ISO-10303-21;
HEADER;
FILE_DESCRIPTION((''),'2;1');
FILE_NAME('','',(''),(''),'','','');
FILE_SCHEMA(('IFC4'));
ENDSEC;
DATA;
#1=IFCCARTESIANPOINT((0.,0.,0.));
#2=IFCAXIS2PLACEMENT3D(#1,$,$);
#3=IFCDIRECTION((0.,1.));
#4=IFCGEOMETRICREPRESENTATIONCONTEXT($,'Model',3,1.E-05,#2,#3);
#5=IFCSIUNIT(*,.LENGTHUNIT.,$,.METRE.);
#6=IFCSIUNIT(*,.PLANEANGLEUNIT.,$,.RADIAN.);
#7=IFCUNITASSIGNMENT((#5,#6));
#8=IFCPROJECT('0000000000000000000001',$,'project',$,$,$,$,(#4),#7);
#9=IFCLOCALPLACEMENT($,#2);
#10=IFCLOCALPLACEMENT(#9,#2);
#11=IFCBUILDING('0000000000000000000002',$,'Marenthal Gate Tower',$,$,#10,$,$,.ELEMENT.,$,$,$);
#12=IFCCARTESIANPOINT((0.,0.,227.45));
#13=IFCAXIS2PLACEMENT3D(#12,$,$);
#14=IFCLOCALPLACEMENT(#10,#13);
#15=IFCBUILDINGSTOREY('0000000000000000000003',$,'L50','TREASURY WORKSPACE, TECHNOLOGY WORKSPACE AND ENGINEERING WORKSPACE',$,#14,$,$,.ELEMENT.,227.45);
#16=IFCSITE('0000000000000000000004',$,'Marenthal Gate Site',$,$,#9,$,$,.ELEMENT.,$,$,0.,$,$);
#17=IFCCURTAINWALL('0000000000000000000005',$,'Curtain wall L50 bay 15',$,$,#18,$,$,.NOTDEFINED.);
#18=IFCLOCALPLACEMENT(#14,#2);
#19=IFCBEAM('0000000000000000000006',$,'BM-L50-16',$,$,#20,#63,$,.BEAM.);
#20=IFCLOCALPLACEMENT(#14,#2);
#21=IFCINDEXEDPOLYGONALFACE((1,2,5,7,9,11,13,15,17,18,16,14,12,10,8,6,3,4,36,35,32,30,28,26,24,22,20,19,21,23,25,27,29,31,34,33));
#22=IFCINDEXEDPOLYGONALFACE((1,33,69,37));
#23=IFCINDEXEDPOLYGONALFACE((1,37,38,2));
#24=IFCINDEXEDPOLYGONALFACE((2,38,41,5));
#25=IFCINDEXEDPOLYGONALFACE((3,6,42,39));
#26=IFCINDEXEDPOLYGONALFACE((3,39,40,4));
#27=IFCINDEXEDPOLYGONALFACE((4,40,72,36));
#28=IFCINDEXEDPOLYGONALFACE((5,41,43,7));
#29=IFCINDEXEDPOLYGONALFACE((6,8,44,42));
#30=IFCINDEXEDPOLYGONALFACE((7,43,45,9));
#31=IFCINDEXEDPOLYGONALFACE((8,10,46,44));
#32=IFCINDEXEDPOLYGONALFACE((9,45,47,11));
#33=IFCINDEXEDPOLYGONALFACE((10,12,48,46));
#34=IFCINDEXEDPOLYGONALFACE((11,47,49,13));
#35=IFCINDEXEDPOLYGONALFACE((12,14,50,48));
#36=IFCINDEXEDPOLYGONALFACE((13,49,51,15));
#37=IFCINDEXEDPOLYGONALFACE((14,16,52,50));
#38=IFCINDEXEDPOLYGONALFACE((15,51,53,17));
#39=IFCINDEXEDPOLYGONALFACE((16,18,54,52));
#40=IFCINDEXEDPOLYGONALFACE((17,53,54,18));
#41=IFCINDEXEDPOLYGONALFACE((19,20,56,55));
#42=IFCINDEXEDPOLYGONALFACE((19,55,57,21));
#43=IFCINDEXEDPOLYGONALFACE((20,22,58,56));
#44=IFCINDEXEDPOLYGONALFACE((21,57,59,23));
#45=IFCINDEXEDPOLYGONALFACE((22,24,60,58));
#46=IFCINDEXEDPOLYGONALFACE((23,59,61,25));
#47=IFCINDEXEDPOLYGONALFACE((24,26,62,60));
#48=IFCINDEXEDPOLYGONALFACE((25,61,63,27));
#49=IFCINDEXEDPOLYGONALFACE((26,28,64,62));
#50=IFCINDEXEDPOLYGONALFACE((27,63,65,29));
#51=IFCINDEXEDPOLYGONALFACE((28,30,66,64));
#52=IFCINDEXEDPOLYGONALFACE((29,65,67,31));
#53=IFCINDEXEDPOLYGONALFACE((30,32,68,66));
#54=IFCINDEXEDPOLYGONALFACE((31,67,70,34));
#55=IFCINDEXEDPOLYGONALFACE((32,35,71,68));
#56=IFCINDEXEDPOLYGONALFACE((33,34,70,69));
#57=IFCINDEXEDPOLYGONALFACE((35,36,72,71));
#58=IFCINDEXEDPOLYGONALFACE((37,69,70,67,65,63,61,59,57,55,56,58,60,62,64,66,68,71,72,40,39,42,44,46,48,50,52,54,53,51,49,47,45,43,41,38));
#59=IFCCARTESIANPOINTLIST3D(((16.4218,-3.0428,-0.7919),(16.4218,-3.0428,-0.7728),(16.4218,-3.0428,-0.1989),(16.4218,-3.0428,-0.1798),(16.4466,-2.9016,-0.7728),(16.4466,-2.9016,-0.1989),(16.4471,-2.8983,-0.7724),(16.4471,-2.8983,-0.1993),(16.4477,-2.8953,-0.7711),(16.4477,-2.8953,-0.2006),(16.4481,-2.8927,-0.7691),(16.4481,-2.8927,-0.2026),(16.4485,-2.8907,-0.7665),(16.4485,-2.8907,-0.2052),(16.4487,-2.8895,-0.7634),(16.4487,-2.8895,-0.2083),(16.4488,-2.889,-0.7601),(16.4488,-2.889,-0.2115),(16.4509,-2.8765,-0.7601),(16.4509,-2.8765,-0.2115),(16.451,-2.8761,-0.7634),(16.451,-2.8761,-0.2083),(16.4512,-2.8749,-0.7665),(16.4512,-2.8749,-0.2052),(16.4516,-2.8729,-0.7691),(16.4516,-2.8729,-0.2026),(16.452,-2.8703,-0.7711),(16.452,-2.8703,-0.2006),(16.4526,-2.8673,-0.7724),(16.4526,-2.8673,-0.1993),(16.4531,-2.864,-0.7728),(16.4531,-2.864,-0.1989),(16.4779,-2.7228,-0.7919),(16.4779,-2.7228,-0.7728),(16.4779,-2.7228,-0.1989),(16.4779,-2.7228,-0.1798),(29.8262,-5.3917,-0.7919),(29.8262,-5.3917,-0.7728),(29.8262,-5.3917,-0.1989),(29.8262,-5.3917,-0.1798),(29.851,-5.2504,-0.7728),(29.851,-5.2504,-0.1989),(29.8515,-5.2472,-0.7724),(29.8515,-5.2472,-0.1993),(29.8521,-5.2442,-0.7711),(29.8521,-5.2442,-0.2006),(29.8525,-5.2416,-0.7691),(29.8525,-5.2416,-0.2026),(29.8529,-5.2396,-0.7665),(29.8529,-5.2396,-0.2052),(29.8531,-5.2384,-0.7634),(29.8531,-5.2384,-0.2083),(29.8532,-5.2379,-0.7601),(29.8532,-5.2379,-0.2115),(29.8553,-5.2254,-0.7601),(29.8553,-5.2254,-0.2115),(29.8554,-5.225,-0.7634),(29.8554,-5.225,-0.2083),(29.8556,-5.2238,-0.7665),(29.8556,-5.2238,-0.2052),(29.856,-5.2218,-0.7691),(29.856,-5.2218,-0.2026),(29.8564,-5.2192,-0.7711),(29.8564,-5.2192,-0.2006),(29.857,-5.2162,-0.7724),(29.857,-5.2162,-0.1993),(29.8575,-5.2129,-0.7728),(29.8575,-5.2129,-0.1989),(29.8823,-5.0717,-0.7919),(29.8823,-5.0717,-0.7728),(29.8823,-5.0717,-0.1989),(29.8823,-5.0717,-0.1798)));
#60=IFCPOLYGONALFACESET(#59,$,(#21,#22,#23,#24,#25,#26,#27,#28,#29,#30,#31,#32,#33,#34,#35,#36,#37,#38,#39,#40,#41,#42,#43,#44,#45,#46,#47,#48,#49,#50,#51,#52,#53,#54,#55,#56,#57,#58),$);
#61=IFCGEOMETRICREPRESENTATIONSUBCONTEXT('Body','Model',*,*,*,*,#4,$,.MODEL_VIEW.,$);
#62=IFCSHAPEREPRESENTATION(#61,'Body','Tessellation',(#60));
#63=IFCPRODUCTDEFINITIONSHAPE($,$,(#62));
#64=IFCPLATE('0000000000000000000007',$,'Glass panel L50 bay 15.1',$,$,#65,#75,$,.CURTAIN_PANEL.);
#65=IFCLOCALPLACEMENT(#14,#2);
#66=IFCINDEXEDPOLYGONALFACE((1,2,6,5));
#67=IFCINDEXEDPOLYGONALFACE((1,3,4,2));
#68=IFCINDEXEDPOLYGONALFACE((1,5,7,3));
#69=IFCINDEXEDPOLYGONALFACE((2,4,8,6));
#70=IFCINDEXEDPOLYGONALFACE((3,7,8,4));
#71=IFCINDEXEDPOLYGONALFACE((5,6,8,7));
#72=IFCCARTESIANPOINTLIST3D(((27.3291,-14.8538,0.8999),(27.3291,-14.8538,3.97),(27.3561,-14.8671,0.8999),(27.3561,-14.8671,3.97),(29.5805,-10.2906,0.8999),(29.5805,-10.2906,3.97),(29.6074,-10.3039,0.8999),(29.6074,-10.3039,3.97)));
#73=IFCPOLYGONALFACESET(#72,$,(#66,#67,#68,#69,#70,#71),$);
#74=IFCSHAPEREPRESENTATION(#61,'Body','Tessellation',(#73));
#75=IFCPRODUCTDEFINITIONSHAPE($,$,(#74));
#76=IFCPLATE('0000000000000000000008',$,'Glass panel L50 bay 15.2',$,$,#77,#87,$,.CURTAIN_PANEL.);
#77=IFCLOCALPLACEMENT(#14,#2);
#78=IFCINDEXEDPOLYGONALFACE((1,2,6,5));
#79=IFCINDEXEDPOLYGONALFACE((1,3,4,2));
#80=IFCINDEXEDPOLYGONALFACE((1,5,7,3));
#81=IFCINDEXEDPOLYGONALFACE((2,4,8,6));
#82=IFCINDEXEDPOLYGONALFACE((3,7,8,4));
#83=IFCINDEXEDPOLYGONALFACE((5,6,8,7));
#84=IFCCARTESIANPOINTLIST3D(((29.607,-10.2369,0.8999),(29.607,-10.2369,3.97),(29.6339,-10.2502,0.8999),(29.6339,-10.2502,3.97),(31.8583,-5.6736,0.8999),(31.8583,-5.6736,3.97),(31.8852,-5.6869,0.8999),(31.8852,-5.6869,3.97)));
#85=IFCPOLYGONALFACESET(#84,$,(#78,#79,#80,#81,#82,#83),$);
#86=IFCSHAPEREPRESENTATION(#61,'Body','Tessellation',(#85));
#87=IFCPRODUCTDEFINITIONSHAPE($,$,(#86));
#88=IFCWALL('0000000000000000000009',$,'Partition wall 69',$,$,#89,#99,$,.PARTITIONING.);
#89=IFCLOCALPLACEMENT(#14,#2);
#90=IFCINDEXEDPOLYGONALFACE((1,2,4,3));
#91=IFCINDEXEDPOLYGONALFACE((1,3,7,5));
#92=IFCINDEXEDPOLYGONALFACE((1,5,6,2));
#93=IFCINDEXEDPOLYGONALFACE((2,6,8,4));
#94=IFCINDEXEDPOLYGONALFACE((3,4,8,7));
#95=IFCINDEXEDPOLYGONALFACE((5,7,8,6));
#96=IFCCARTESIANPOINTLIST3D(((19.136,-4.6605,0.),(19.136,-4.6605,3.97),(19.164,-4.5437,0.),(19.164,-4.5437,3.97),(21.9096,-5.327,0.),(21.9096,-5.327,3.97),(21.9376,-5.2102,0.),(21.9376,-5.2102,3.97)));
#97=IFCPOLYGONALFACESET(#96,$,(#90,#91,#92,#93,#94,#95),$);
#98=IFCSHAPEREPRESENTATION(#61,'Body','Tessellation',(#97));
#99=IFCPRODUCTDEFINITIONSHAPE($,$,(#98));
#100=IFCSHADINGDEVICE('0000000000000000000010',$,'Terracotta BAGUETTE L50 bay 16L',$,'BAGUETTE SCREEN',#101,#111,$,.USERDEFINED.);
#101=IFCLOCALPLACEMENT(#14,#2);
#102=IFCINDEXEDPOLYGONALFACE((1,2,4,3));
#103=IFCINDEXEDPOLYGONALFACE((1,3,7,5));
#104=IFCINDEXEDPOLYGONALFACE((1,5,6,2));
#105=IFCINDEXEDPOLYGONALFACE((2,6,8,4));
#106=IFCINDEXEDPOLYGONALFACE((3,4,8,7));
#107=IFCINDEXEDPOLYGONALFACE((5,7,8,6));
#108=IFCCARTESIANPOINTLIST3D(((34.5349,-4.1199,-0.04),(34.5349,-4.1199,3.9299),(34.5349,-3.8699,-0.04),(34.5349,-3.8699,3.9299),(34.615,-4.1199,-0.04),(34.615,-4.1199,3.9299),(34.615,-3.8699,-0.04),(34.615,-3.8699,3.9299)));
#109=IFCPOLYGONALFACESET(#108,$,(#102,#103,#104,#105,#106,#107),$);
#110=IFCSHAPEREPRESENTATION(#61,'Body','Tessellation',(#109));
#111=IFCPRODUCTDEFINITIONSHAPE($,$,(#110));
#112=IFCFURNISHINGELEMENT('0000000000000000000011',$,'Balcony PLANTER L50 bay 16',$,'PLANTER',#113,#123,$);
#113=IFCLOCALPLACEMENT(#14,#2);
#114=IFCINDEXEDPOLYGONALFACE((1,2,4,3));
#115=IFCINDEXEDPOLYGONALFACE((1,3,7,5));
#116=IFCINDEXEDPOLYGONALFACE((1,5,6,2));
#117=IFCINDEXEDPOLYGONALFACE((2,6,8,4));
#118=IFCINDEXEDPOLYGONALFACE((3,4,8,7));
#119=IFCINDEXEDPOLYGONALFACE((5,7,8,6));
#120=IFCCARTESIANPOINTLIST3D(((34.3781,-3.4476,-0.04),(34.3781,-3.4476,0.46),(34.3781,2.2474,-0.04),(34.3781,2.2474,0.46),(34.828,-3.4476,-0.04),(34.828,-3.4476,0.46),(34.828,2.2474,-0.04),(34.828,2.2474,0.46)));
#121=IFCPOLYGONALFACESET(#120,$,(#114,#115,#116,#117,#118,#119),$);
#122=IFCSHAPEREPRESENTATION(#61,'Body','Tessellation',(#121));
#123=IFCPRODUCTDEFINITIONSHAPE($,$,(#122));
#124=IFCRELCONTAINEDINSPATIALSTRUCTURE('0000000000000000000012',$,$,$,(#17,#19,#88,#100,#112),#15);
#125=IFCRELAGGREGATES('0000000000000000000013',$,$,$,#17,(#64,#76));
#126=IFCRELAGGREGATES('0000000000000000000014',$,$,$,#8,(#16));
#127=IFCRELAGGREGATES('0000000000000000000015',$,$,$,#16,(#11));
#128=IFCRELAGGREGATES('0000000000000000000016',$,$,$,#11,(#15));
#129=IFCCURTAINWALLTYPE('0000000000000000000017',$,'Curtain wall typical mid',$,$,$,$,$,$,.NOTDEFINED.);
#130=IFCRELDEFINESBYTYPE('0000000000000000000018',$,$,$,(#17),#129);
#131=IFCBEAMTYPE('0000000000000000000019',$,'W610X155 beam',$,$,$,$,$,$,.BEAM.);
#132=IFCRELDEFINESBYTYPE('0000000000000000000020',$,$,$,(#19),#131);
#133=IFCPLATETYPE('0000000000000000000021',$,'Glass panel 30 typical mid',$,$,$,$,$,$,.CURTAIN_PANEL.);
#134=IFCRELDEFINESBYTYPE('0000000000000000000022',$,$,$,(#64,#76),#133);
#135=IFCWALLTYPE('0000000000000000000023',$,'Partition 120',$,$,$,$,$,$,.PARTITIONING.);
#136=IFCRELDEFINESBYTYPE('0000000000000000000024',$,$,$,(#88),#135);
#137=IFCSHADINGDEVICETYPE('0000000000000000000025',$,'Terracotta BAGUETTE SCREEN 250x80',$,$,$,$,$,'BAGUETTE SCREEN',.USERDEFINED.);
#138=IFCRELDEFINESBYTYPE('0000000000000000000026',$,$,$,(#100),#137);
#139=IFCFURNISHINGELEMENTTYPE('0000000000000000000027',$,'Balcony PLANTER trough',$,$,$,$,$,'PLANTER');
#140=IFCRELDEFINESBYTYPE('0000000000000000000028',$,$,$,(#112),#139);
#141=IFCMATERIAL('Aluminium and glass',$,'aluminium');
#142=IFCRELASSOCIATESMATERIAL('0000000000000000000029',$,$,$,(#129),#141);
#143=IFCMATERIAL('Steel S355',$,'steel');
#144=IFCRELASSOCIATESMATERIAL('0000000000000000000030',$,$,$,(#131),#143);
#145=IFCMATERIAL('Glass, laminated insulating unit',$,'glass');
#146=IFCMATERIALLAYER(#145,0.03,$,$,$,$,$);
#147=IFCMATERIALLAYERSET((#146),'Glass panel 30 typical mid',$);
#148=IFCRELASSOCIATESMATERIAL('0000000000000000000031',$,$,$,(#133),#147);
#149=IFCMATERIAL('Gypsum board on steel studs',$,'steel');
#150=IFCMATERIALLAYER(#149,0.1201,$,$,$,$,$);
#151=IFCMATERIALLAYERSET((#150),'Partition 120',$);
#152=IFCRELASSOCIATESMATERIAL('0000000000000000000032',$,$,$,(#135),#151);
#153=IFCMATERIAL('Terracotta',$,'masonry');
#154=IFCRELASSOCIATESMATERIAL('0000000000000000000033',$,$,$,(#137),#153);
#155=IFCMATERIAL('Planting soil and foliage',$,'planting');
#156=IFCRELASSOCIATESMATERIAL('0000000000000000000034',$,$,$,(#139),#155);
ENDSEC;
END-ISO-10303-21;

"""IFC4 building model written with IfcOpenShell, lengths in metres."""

from ifc_helpers import new_model, si_unit, direction, frame, frame_2d, origin, origin_2d, place, context, subcontext, project, spatial, rectangle, i_section, extrude, material, layer, layer_set, material_profile, profile_set, type_object, element, aggregate, save


model = new_model("IFC4")

# Units and contexts
model_context = context("Model", 3, precision=1e-05, world=origin(), true_north=direction((0.0, 1.0)))
body_context = subcontext(model_context, "Body", "Model", "MODEL_VIEW")
ifc_project = project(units=[si_unit("LENGTHUNIT", "METRE"), si_unit("PLANEANGLEUNIT", "RADIAN")], contexts=[model_context])

# Site, building, storey
site_placement = place(None, origin())
site = spatial("IfcSite", under=ifc_project, at=site_placement, Name="Marenthal Gate Site", CompositionType="ELEMENT", RefElevation=0.0)
building_placement = place(site_placement, origin())
building = spatial("IfcBuilding", under=site, at=building_placement, Name="Marenthal Gate Tower", CompositionType="ELEMENT")
storey_placement = place(building_placement, frame((0.0, 0.0, 227.45)))
storey = spatial("IfcBuildingStorey", under=building, at=storey_placement, Name="L50", Description="TREASURY WORKSPACE, TECHNOLOGY WORKSPACE AND ENGINEERING WORKSPACE", CompositionType="ELEMENT", Elevation=227.45)

# Curtain wall
ifc_material_1 = material(Name="Aluminium and glass", Category="aluminium")
curtain_wall_type = type_object("IfcCurtainWallType", Name="Curtain wall typical mid", PredefinedType="NOTDEFINED", material=ifc_material_1)
curtain_wall_placement = place(storey_placement, origin())
curtain_wall = element("IfcCurtainWall", 1, at=curtain_wall_placement, inside=storey, type_object=curtain_wall_type, Name="Curtain wall L50 bay 15", PredefinedType="NOTDEFINED")

# Beam
ifc_material_2 = material(Name="Steel S355", Category="steel")
ifc_material_profile_1 = material_profile(ifc_material_2, i_section(OverallWidth=0.325, OverallDepth=0.6121, WebThickness=0.0127, FlangeThickness=0.019, FilletRadius=0.0127, at=origin_2d()), Name="W610X155")
ifc_profile_set_1 = profile_set([ifc_material_profile_1], Name="Steel S355")
beam_type_1 = type_object("IfcBeamType", Name="W610X155 beam", PredefinedType="BEAM", material=ifc_profile_set_1)
beam_1_placement = place(storey_placement, frame((29.8542, -5.2317, -0.4858), z_axis=(-0.984991, 0.172603, 0.0), x_axis=(-0.172603, -0.984991, 0.0)))
element("IfcBeam", 2, at=beam_1_placement, inside=storey, type_object=beam_type_1, Name="BM-L50-16", PredefinedType="BEAM", context=body_context, shape_type="SweptSolid", body=[
    extrude(i_section(OverallWidth=0.325, OverallDepth=0.6121, WebThickness=0.0127, FlangeThickness=0.019, FilletRadius=0.0127, at=origin_2d()), origin(), (0.0, 0.0, 1.0), 13.6086),
])

# Plates
ifc_material_3 = material(Name="Glass, laminated insulating unit", Category="glass")
ifc_layer_1 = layer(ifc_material_3, 0.03)
ifc_layer_set_1 = layer_set([ifc_layer_1], Name="Glass panel 30 typical mid")
plate_type = type_object("IfcPlateType", Name="Glass panel 30 typical mid", PredefinedType="CURTAIN_PANEL", material=ifc_layer_set_1)
plate_1_placement = place(storey_placement, frame((28.4683, -12.5789, 0.8999), z_axis=(0.0, 0.0, 1.0), x_axis=(0.442441, 0.896798, 0.0)))
plate_1 = element("IfcPlate", 3, at=plate_1_placement, type_object=plate_type, Name="Glass panel L50 bay 15.1", PredefinedType="CURTAIN_PANEL", context=body_context, shape_type="SweptSolid", body=[
    extrude(rectangle(XDim=5.0884, YDim=0.03, at=origin_2d()), origin(), (0.0, 0.0, 1.0), 3.0701),
])
plate_2_placement = place(storey_placement, frame((30.7461, -7.9619, 0.8999), z_axis=(0.0, 0.0, 1.0), x_axis=(0.442441, 0.896798, 0.0)))
plate_2 = element("IfcPlate", 4, at=plate_2_placement, type_object=plate_type, Name="Glass panel L50 bay 15.2", PredefinedType="CURTAIN_PANEL", context=body_context, shape_type="SweptSolid", body=[
    extrude(rectangle(XDim=5.0884, YDim=0.03, at=origin_2d()), origin(), (0.0, 0.0, 1.0), 3.0701),
])
aggregate(curtain_wall, [plate_1, plate_2])

# Wall
ifc_material_4 = material(Name="Gypsum board on steel studs", Category="steel")
ifc_layer_2 = layer(ifc_material_4, 0.1201)
ifc_layer_set_2 = layer_set([ifc_layer_2], Name="Partition 120")
wall_type_1 = type_object("IfcWallType", Name="Partition 120", PredefinedType="PARTITIONING", material=ifc_layer_set_2)
wall_1_placement = place(storey_placement, frame((21.9236, -5.2686, 0.0), z_axis=(0.0, 0.0, 1.0), x_axis=(-0.972322, 0.233645, 0.0)))
element("IfcWall", 5, at=wall_1_placement, inside=storey, type_object=wall_type_1, Name="Partition wall 69", PredefinedType="PARTITIONING", context=body_context, shape_type="SweptSolid", body=[
    extrude(rectangle(XDim=2.8525, YDim=0.1201, at=frame_2d((1.4263, 0.0))), origin(), (0.0, 0.0, 1.0), 3.97),
])

# Shading device
ifc_material_5 = material(Name="Terracotta", Category="masonry")
ifc_material_profile_2 = material_profile(ifc_material_5, rectangle(XDim=0.25, YDim=0.0801, at=origin_2d()), Name="Terracotta baguette 250x80")
ifc_profile_set_2 = profile_set([ifc_material_profile_2], Name="Terracotta")
shading_device_type = type_object("IfcShadingDeviceType", Name="Terracotta BAGUETTE SCREEN 250x80", ElementType="BAGUETTE SCREEN", PredefinedType="USERDEFINED", material=ifc_profile_set_2)
shading_device_placement = place(storey_placement, frame((34.575, -3.9949, -0.04), z_axis=(0.0, 0.0, 1.0), x_axis=(0.0, 1.0, 0.0)))
element("IfcShadingDevice", 6, at=shading_device_placement, inside=storey, type_object=shading_device_type, Name="Terracotta BAGUETTE L50 bay 16L", ObjectType="BAGUETTE SCREEN", PredefinedType="USERDEFINED", context=body_context, shape_type="SweptSolid", body=[
    extrude(rectangle(XDim=0.25, YDim=0.0801, at=origin_2d()), origin(), (0.0, 0.0, 1.0), 3.97),
])

# Furnishing element
ifc_material_6 = material(Name="Planting soil and foliage", Category="planting")
furnishing_element_type = type_object("IfcFurnishingElementType", Name="Balcony PLANTER trough", ElementType="PLANTER", material=ifc_material_6)
furnishing_placement = place(storey_placement, frame((34.603, -0.6001, -0.04), z_axis=(0.0, 0.0, 1.0), x_axis=(0.0, 1.0, 0.0)))
element("IfcFurnishingElement", 7, at=furnishing_placement, inside=storey, type_object=furnishing_element_type, Name="Balcony PLANTER L50 bay 16", ObjectType="PLANTER", context=body_context, shape_type="SweptSolid", body=[
    extrude(rectangle(XDim=5.6951, YDim=0.45, at=origin_2d()), origin(), (0.0, 0.0, 1.0), 0.5),
])

save(model, "model.ifc")
